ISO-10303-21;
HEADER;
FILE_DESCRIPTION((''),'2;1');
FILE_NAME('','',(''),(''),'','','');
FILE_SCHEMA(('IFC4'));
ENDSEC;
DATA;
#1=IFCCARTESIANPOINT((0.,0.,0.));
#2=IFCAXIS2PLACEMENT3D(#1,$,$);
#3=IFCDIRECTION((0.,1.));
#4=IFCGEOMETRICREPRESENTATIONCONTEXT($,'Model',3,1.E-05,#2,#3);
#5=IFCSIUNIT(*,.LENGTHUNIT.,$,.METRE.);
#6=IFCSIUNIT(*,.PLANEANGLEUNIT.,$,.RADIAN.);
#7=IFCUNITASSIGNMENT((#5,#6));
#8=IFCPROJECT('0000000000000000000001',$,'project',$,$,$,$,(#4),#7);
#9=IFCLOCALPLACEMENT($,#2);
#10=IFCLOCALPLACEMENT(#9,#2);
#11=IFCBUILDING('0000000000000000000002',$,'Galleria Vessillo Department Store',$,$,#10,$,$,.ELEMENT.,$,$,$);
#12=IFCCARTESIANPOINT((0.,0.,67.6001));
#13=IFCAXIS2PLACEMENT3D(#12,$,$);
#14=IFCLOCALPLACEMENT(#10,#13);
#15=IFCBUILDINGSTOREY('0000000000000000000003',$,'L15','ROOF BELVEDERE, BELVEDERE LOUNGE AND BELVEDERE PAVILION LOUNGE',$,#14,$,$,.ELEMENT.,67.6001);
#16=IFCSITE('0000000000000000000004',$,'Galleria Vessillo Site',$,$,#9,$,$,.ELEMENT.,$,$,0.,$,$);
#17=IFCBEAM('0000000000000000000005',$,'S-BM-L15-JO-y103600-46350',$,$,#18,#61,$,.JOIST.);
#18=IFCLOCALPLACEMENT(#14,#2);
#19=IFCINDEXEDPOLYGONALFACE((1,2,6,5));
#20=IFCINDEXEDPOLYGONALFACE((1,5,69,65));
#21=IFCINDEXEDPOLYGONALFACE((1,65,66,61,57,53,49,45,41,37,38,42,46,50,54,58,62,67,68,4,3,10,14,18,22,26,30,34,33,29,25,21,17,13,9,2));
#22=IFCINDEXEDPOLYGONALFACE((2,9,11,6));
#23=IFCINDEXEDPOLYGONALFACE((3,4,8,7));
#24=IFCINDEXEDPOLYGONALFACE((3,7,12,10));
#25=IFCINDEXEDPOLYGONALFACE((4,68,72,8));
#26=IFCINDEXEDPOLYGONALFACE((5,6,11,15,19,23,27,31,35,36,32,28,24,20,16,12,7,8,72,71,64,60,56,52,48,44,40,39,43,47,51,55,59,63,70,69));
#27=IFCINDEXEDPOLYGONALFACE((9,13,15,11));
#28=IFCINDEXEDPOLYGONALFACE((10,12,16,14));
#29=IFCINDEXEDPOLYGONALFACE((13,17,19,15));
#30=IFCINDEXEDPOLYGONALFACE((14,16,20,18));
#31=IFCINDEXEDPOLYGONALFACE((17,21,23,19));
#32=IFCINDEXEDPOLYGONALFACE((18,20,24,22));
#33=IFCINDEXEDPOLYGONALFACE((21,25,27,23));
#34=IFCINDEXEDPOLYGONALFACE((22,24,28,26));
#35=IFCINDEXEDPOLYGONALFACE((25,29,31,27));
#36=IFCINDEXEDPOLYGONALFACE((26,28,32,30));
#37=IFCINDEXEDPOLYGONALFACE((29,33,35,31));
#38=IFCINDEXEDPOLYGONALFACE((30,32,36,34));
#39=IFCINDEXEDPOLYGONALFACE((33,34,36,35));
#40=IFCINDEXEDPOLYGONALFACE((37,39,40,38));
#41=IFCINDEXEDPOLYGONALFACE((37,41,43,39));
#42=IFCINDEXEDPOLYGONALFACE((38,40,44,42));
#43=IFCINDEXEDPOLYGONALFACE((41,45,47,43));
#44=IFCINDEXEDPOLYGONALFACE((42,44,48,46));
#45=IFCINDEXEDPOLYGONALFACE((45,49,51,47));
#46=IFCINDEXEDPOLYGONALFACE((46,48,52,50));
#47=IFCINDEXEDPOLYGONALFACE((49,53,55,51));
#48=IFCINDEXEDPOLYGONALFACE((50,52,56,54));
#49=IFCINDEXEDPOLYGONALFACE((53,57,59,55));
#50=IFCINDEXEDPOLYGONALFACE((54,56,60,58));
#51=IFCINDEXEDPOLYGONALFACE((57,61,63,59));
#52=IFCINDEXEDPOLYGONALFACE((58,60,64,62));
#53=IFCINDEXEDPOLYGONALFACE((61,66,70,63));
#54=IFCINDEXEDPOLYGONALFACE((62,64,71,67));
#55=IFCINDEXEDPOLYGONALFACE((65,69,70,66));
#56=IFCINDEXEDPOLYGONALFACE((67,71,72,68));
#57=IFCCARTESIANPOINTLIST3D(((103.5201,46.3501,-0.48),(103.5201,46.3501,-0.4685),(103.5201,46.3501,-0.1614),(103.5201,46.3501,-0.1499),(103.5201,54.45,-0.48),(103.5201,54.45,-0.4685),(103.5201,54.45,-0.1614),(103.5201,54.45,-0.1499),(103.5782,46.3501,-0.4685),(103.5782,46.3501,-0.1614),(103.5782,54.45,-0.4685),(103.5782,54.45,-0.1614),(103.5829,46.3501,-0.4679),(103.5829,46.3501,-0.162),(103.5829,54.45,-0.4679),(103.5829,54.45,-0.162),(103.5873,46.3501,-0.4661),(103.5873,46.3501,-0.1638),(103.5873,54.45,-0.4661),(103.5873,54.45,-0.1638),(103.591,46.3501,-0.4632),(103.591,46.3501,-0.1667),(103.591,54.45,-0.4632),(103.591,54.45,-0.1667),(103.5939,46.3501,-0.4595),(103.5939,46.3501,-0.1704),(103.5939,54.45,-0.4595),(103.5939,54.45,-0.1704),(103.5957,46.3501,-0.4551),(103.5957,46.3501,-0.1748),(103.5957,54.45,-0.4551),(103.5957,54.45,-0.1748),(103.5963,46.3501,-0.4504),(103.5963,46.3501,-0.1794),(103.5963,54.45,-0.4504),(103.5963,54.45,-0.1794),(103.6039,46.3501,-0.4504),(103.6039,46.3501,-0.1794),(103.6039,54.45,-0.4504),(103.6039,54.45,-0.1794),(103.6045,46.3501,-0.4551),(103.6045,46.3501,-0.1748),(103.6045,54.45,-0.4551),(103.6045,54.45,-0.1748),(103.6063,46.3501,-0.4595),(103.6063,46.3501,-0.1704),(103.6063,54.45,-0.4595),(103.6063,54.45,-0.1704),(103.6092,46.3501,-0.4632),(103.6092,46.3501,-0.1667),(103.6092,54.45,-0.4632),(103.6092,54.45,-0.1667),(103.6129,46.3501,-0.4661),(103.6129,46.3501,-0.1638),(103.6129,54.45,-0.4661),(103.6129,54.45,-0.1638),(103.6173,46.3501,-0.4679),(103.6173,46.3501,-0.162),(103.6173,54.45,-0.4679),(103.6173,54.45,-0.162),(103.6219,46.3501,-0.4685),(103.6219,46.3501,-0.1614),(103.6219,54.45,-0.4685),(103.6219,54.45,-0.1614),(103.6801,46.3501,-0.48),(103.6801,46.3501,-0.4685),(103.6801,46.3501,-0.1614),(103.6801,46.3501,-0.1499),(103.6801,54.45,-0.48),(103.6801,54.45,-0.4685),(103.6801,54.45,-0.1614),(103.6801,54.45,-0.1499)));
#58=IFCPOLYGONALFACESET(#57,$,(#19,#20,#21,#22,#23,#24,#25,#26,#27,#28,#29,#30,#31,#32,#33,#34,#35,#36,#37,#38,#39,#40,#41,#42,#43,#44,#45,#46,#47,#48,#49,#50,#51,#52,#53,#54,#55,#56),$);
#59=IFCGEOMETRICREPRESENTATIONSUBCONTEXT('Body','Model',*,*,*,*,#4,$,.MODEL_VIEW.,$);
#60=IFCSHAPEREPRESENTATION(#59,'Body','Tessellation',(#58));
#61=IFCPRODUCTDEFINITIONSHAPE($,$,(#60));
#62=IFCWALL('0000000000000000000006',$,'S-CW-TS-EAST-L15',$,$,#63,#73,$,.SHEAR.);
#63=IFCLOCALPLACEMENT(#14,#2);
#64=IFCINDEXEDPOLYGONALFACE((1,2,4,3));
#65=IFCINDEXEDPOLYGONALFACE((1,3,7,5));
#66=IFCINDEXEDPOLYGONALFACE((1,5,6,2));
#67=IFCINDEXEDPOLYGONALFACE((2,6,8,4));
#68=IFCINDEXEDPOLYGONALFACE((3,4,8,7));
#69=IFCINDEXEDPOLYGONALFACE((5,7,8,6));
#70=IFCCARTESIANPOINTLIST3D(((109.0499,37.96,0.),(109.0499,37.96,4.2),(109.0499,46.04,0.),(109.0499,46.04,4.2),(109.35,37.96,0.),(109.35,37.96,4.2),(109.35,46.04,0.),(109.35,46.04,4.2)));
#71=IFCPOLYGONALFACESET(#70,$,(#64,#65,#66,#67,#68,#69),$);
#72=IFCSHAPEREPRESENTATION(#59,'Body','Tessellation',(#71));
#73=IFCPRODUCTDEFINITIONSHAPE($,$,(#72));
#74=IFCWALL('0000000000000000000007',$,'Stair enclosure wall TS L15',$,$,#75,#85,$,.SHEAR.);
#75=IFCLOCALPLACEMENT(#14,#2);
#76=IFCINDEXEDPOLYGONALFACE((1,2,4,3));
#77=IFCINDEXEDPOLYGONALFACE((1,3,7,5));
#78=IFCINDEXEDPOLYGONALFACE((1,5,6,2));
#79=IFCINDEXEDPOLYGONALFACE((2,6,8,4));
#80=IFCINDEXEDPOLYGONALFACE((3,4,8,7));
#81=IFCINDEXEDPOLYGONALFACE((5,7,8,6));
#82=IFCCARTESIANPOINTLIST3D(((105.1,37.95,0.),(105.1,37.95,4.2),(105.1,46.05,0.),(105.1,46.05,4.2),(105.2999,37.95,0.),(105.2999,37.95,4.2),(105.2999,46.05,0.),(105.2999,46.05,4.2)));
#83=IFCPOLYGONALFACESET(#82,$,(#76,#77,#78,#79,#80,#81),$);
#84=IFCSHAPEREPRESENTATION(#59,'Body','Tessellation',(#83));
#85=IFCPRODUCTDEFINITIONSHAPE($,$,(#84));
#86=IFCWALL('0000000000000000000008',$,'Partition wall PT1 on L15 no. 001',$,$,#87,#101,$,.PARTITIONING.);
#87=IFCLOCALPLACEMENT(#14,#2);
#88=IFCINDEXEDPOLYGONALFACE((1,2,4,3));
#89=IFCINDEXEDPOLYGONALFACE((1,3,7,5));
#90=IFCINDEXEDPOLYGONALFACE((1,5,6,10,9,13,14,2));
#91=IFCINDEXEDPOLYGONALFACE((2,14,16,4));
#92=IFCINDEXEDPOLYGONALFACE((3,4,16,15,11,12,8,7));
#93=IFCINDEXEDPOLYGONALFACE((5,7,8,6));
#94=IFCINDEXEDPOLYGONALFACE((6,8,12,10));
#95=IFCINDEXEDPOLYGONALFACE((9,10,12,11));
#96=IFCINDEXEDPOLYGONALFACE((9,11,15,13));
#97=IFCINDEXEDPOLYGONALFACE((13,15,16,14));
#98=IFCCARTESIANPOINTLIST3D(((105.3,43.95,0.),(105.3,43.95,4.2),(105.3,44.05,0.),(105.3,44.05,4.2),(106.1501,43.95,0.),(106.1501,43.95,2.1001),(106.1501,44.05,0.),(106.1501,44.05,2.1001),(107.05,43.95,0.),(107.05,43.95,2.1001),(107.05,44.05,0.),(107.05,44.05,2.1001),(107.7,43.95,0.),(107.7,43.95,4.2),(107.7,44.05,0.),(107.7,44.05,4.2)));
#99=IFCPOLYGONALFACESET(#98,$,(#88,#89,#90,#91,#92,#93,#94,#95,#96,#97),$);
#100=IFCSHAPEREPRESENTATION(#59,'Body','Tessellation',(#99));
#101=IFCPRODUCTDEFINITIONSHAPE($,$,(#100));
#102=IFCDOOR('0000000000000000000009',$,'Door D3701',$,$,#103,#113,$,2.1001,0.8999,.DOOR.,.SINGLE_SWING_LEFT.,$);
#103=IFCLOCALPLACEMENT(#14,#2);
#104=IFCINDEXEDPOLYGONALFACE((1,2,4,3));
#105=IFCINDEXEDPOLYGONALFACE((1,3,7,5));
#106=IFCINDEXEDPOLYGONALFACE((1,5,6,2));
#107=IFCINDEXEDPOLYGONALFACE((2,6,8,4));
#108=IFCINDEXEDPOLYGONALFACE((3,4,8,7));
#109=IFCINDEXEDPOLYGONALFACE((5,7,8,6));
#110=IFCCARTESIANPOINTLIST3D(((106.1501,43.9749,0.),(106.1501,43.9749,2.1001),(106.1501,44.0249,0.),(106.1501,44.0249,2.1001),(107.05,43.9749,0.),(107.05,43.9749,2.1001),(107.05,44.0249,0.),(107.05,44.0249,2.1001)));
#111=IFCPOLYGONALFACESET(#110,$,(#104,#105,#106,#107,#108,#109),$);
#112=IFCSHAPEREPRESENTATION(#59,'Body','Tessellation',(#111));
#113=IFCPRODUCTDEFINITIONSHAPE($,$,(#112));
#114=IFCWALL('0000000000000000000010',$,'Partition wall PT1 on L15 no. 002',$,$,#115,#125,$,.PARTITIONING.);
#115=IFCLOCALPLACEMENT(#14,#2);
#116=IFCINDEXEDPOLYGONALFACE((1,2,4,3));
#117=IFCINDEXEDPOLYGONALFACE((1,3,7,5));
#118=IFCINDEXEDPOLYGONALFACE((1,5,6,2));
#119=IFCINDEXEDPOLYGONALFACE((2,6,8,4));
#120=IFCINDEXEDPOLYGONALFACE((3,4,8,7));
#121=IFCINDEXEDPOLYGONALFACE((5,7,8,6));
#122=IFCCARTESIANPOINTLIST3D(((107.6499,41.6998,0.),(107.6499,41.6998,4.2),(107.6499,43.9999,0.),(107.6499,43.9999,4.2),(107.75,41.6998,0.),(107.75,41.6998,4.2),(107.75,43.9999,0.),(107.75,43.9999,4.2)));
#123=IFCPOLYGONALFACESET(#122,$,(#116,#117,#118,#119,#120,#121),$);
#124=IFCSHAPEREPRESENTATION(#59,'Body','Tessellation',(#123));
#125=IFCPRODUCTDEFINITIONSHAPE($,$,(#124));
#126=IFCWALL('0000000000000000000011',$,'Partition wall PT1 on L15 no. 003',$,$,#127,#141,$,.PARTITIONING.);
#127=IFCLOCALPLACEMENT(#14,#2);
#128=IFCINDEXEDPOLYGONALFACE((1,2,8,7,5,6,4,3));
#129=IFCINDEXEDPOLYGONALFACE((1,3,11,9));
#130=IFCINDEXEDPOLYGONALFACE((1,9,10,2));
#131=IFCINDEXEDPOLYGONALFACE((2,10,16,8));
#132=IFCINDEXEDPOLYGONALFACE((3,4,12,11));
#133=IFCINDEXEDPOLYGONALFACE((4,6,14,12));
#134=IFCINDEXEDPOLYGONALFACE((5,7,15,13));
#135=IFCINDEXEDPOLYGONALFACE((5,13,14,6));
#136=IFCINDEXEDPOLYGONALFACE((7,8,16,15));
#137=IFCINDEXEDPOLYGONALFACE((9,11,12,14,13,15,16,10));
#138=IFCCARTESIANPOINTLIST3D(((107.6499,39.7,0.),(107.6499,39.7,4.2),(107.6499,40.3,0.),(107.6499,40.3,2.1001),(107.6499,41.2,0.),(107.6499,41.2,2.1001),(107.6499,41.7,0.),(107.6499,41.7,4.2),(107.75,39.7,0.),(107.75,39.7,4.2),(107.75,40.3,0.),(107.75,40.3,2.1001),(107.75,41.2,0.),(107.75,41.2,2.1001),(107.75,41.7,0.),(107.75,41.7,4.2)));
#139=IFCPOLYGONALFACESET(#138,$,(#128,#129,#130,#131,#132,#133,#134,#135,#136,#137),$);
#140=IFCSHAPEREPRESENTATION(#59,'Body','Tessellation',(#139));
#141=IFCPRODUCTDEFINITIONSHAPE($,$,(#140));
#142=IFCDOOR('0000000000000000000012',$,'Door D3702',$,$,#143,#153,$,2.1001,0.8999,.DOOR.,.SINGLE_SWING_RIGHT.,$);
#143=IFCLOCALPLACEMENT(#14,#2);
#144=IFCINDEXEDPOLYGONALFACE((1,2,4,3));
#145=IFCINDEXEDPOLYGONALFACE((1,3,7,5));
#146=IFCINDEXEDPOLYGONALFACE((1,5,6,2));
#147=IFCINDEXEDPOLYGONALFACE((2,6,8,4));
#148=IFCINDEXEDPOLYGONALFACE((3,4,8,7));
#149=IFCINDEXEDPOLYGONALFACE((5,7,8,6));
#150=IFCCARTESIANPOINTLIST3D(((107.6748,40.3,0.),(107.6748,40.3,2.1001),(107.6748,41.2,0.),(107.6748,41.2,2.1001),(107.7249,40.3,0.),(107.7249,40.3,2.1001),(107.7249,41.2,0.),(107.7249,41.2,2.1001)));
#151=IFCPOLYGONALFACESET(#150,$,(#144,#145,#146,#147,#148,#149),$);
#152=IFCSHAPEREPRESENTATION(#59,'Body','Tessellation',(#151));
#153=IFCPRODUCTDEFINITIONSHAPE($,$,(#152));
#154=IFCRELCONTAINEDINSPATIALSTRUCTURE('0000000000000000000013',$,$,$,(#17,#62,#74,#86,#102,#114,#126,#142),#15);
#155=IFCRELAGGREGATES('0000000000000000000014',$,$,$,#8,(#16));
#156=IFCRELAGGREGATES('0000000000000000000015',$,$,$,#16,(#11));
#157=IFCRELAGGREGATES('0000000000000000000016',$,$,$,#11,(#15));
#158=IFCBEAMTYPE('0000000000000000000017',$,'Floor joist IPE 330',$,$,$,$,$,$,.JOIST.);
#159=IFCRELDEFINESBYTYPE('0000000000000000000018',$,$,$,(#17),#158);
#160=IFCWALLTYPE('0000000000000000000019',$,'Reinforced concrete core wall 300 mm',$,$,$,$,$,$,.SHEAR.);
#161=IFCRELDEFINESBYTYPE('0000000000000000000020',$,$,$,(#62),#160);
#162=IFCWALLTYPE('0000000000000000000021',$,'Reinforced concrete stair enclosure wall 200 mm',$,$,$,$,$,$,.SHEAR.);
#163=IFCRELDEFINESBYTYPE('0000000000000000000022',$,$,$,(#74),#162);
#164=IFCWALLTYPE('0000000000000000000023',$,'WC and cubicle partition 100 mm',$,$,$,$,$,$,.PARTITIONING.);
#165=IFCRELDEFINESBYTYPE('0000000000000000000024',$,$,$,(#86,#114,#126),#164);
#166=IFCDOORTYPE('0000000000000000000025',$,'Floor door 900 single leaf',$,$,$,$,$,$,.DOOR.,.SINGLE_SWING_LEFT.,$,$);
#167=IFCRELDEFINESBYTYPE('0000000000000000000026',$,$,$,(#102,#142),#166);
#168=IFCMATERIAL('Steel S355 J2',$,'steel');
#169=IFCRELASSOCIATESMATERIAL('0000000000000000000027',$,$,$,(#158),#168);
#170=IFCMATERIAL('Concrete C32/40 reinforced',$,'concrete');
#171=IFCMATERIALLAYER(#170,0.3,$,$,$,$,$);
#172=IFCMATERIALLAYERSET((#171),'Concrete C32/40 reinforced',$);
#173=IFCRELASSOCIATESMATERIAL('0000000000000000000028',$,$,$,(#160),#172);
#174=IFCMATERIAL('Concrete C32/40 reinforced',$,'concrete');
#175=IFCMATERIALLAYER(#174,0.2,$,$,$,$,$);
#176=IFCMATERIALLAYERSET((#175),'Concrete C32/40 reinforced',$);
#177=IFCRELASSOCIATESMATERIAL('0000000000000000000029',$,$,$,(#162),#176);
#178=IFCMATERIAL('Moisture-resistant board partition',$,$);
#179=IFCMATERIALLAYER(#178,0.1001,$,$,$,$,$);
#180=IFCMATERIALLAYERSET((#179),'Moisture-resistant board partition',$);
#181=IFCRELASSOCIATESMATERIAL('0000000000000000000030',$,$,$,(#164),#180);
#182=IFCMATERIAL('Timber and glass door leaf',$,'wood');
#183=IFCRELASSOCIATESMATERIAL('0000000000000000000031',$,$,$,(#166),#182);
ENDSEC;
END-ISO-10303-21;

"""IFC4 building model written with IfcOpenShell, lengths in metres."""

from ifc_helpers import new_model, si_unit, direction, frame, frame_2d, origin, origin_2d, place, context, subcontext, project, spatial, rectangle, i_section, extrude, material, layer, layer_set, material_profile, profile_set, type_object, element, fill, save


model = new_model("IFC4")

# Units and contexts
model_context = context("Model", 3, precision=1e-05, world=origin(), true_north=direction((0.0, 1.0)))
body_context = subcontext(model_context, "Body", "Model", "MODEL_VIEW")
ifc_project = project(units=[si_unit("LENGTHUNIT", "METRE"), si_unit("PLANEANGLEUNIT", "RADIAN")], contexts=[model_context])

# Site, building, storey
site_placement = place(None, origin())
site = spatial("IfcSite", under=ifc_project, at=site_placement, Name="Galleria Vessillo Site", CompositionType="ELEMENT", RefElevation=0.0)
building_placement = place(site_placement, origin())
building = spatial("IfcBuilding", under=site, at=building_placement, Name="Galleria Vessillo Department Store", CompositionType="ELEMENT")
storey_placement = place(building_placement, frame((0.0, 0.0, 67.6001)))
storey = spatial("IfcBuildingStorey", under=building, at=storey_placement, Name="L15", Description="ROOF BELVEDERE, BELVEDERE LOUNGE AND BELVEDERE PAVILION LOUNGE", CompositionType="ELEMENT", Elevation=67.6001)

# Beam
ifc_material_1 = material(Name="Steel S355 J2", Category="steel")
ifc_material_profile_1 = material_profile(ifc_material_1, i_section(OverallWidth=0.1599, OverallDepth=0.3301, WebThickness=0.0076, FlangeThickness=0.0115, FilletRadius=0.0181, at=origin_2d()), Name="IPE 330")
ifc_profile_set_1 = profile_set([ifc_material_profile_1], Name="Steel S355 J2")
beam_type_1 = type_object("IfcBeamType", Name="Floor joist IPE 330", PredefinedType="JOIST", material=ifc_profile_set_1)
beam_1_placement = place(storey_placement, frame((103.6001, 46.3501, -0.3149), z_axis=(0.0, 1.0, 0.0), x_axis=(-1.0, 0.0, 0.0)))
element("IfcBeam", 1, at=beam_1_placement, inside=storey, type_object=beam_type_1, Name="S-BM-L15-JO-y103600-46350", PredefinedType="JOIST", context=body_context, shape_type="SweptSolid", body=[
    extrude(i_section(OverallWidth=0.1599, OverallDepth=0.3301, WebThickness=0.0076, FlangeThickness=0.0115, FilletRadius=0.0181, at=origin_2d()), origin(), (0.0, 0.0, 1.0), 8.0999),
])

# Walls
ifc_material_2 = material(Name="Concrete C32/40 reinforced", Category="concrete")
ifc_layer_1 = layer(ifc_material_2, 0.3)
ifc_layer_set_1 = layer_set([ifc_layer_1], Name="Concrete C32/40 reinforced")
wall_type_1 = type_object("IfcWallType", Name="Reinforced concrete core wall 300 mm", PredefinedType="SHEAR", material=ifc_layer_set_1)
wall_1_placement = place(storey_placement, frame((109.2, 37.96, 0.0), z_axis=(0.0, 0.0, 1.0), x_axis=(0.0, 1.0, 0.0)))
element("IfcWall", 2, at=wall_1_placement, inside=storey, type_object=wall_type_1, Name="S-CW-TS-EAST-L15", PredefinedType="SHEAR", context=body_context, shape_type="SweptSolid", body=[
    extrude(rectangle(XDim=8.0801, YDim=0.3, at=frame_2d((4.04, 0.0))), origin(), (0.0, 0.0, 1.0), 4.2),
])
ifc_material_3 = material(Name="Concrete C32/40 reinforced", Category="concrete")
ifc_layer_2 = layer(ifc_material_3, 0.2)
ifc_layer_set_2 = layer_set([ifc_layer_2], Name="Concrete C32/40 reinforced")
wall_type_2 = type_object("IfcWallType", Name="Reinforced concrete stair enclosure wall 200 mm", PredefinedType="SHEAR", material=ifc_layer_set_2)
wall_2_placement = place(storey_placement, frame((105.2, 37.95, 0.0), z_axis=(0.0, 0.0, 1.0), x_axis=(0.0, 1.0, 0.0)))
element("IfcWall", 3, at=wall_2_placement, inside=storey, type_object=wall_type_2, Name="Stair enclosure wall TS L15", PredefinedType="SHEAR", context=body_context, shape_type="SweptSolid", body=[
    extrude(rectangle(XDim=8.1001, YDim=0.2, at=frame_2d((4.05, 0.0))), origin(), (0.0, 0.0, 1.0), 4.2),
])

# Wall, opening, door
ifc_material_4 = material(Name="Moisture-resistant board partition")
ifc_layer_3 = layer(ifc_material_4, 0.1001)
ifc_layer_set_3 = layer_set([ifc_layer_3], Name="Moisture-resistant board partition")
wall_type_3 = type_object("IfcWallType", Name="WC and cubicle partition 100 mm", PredefinedType="PARTITIONING", material=ifc_layer_set_3)
wall_3_placement = place(storey_placement, frame((105.3, 44.0, 0.0), z_axis=(0.0, 0.0, 1.0), x_axis=(1.0, 0.0, 0.0)))
wall_3 = element("IfcWall", 4, at=wall_3_placement, inside=storey, type_object=wall_type_3, Name="Partition wall PT1 on L15 no. 001", PredefinedType="PARTITIONING", context=body_context, shape_type="SweptSolid", body=[
    extrude(rectangle(XDim=2.3999, YDim=0.1001, at=frame_2d((1.2, 0.0))), origin(), (0.0, 0.0, 1.0), 4.2),
])
opening_1_placement = place(wall_3_placement, frame((0.8501, 0.0, 0.0)))
opening_1 = element("IfcOpeningElement", 5, at=opening_1_placement, cuts=wall_3, PredefinedType="OPENING", context=body_context, shape_type="SweptSolid", body=[
    extrude(rectangle(XDim=0.8999, YDim=2.1001, at=frame_2d((0.45, 1.05))), frame((0.0, 0.0601, 0.0), z_axis=(0.0, -1.0, 0.0), x_axis=(1.0, 0.0, 0.0)), (0.0, 0.0, 1.0), 0.1201),
])
ifc_material_5 = material(Name="Timber and glass door leaf", Category="wood")
door_type_1 = type_object("IfcDoorType", Name="Floor door 900 single leaf", OperationType="SINGLE_SWING_LEFT", PredefinedType="DOOR", material=ifc_material_5)
door_1_placement = place(opening_1_placement, origin())
door_1 = element("IfcDoor", 6, at=door_1_placement, inside=storey, type_object=door_type_1, Name="Door D3701", OperationType="SINGLE_SWING_LEFT", OverallHeight=2.1001, OverallWidth=0.8999, PredefinedType="DOOR", context=body_context, shape_type="SweptSolid", body=[
    extrude(rectangle(XDim=0.8999, YDim=2.1001, at=frame_2d((0.45, 1.05))), frame((0.0, 0.0249, 0.0), z_axis=(0.0, -1.0, 0.0), x_axis=(1.0, 0.0, 0.0)), (0.0, 0.0, 1.0), 0.05),
])
fill(opening_1, door_1)

# Wall
wall_4_placement = place(storey_placement, frame((107.7, 41.7, 0.0), z_axis=(0.0, 0.0, 1.0), x_axis=(0.0, 1.0, 0.0)))
element("IfcWall", 7, at=wall_4_placement, inside=storey, type_object=wall_type_3, Name="Partition wall PT1 on L15 no. 002", PredefinedType="PARTITIONING", context=body_context, shape_type="SweptSolid", body=[
    extrude(rectangle(XDim=2.3, YDim=0.1001, at=frame_2d((1.1499, 0.0))), origin(), (0.0, 0.0, 1.0), 4.2),
])

# Wall, opening, door
wall_5_placement = place(storey_placement, frame((107.7, 39.7, 0.0), z_axis=(0.0, 0.0, 1.0), x_axis=(0.0, 1.0, 0.0)))
wall_5 = element("IfcWall", 8, at=wall_5_placement, inside=storey, type_object=wall_type_3, Name="Partition wall PT1 on L15 no. 003", PredefinedType="PARTITIONING", context=body_context, shape_type="SweptSolid", body=[
    extrude(rectangle(XDim=2.0, YDim=0.1001, at=frame_2d((1.0, 0.0))), origin(), (0.0, 0.0, 1.0), 4.2),
])
opening_2_placement = place(wall_5_placement, frame((0.6001, 0.0, 0.0)))
opening_2 = element("IfcOpeningElement", 9, at=opening_2_placement, cuts=wall_5, PredefinedType="OPENING", context=body_context, shape_type="SweptSolid", body=[
    extrude(rectangle(XDim=0.8999, YDim=2.1001, at=frame_2d((0.45, 1.05))), frame((0.0, 0.0601, 0.0), z_axis=(0.0, -1.0, 0.0), x_axis=(1.0, 0.0, 0.0)), (0.0, 0.0, 1.0), 0.1201),
])
door_2_placement = place(opening_2_placement, frame((0.8999, 0.0, 0.0), z_axis=(0.0, 0.0, 1.0), x_axis=(-1.0, 0.0, 0.0)))
door_2 = element("IfcDoor", 10, at=door_2_placement, inside=storey, type_object=door_type_1, Name="Door D3702", OperationType="SINGLE_SWING_RIGHT", OverallHeight=2.1001, OverallWidth=0.8999, PredefinedType="DOOR", context=body_context, shape_type="SweptSolid", body=[
    extrude(rectangle(XDim=0.8999, YDim=2.1001, at=frame_2d((0.45, 1.05))), frame((0.0, 0.0249, 0.0), z_axis=(0.0, -1.0, 0.0), x_axis=(1.0, 0.0, 0.0)), (0.0, 0.0, 1.0), 0.05),
])
fill(opening_2, door_2)

save(model, "model.ifc")
